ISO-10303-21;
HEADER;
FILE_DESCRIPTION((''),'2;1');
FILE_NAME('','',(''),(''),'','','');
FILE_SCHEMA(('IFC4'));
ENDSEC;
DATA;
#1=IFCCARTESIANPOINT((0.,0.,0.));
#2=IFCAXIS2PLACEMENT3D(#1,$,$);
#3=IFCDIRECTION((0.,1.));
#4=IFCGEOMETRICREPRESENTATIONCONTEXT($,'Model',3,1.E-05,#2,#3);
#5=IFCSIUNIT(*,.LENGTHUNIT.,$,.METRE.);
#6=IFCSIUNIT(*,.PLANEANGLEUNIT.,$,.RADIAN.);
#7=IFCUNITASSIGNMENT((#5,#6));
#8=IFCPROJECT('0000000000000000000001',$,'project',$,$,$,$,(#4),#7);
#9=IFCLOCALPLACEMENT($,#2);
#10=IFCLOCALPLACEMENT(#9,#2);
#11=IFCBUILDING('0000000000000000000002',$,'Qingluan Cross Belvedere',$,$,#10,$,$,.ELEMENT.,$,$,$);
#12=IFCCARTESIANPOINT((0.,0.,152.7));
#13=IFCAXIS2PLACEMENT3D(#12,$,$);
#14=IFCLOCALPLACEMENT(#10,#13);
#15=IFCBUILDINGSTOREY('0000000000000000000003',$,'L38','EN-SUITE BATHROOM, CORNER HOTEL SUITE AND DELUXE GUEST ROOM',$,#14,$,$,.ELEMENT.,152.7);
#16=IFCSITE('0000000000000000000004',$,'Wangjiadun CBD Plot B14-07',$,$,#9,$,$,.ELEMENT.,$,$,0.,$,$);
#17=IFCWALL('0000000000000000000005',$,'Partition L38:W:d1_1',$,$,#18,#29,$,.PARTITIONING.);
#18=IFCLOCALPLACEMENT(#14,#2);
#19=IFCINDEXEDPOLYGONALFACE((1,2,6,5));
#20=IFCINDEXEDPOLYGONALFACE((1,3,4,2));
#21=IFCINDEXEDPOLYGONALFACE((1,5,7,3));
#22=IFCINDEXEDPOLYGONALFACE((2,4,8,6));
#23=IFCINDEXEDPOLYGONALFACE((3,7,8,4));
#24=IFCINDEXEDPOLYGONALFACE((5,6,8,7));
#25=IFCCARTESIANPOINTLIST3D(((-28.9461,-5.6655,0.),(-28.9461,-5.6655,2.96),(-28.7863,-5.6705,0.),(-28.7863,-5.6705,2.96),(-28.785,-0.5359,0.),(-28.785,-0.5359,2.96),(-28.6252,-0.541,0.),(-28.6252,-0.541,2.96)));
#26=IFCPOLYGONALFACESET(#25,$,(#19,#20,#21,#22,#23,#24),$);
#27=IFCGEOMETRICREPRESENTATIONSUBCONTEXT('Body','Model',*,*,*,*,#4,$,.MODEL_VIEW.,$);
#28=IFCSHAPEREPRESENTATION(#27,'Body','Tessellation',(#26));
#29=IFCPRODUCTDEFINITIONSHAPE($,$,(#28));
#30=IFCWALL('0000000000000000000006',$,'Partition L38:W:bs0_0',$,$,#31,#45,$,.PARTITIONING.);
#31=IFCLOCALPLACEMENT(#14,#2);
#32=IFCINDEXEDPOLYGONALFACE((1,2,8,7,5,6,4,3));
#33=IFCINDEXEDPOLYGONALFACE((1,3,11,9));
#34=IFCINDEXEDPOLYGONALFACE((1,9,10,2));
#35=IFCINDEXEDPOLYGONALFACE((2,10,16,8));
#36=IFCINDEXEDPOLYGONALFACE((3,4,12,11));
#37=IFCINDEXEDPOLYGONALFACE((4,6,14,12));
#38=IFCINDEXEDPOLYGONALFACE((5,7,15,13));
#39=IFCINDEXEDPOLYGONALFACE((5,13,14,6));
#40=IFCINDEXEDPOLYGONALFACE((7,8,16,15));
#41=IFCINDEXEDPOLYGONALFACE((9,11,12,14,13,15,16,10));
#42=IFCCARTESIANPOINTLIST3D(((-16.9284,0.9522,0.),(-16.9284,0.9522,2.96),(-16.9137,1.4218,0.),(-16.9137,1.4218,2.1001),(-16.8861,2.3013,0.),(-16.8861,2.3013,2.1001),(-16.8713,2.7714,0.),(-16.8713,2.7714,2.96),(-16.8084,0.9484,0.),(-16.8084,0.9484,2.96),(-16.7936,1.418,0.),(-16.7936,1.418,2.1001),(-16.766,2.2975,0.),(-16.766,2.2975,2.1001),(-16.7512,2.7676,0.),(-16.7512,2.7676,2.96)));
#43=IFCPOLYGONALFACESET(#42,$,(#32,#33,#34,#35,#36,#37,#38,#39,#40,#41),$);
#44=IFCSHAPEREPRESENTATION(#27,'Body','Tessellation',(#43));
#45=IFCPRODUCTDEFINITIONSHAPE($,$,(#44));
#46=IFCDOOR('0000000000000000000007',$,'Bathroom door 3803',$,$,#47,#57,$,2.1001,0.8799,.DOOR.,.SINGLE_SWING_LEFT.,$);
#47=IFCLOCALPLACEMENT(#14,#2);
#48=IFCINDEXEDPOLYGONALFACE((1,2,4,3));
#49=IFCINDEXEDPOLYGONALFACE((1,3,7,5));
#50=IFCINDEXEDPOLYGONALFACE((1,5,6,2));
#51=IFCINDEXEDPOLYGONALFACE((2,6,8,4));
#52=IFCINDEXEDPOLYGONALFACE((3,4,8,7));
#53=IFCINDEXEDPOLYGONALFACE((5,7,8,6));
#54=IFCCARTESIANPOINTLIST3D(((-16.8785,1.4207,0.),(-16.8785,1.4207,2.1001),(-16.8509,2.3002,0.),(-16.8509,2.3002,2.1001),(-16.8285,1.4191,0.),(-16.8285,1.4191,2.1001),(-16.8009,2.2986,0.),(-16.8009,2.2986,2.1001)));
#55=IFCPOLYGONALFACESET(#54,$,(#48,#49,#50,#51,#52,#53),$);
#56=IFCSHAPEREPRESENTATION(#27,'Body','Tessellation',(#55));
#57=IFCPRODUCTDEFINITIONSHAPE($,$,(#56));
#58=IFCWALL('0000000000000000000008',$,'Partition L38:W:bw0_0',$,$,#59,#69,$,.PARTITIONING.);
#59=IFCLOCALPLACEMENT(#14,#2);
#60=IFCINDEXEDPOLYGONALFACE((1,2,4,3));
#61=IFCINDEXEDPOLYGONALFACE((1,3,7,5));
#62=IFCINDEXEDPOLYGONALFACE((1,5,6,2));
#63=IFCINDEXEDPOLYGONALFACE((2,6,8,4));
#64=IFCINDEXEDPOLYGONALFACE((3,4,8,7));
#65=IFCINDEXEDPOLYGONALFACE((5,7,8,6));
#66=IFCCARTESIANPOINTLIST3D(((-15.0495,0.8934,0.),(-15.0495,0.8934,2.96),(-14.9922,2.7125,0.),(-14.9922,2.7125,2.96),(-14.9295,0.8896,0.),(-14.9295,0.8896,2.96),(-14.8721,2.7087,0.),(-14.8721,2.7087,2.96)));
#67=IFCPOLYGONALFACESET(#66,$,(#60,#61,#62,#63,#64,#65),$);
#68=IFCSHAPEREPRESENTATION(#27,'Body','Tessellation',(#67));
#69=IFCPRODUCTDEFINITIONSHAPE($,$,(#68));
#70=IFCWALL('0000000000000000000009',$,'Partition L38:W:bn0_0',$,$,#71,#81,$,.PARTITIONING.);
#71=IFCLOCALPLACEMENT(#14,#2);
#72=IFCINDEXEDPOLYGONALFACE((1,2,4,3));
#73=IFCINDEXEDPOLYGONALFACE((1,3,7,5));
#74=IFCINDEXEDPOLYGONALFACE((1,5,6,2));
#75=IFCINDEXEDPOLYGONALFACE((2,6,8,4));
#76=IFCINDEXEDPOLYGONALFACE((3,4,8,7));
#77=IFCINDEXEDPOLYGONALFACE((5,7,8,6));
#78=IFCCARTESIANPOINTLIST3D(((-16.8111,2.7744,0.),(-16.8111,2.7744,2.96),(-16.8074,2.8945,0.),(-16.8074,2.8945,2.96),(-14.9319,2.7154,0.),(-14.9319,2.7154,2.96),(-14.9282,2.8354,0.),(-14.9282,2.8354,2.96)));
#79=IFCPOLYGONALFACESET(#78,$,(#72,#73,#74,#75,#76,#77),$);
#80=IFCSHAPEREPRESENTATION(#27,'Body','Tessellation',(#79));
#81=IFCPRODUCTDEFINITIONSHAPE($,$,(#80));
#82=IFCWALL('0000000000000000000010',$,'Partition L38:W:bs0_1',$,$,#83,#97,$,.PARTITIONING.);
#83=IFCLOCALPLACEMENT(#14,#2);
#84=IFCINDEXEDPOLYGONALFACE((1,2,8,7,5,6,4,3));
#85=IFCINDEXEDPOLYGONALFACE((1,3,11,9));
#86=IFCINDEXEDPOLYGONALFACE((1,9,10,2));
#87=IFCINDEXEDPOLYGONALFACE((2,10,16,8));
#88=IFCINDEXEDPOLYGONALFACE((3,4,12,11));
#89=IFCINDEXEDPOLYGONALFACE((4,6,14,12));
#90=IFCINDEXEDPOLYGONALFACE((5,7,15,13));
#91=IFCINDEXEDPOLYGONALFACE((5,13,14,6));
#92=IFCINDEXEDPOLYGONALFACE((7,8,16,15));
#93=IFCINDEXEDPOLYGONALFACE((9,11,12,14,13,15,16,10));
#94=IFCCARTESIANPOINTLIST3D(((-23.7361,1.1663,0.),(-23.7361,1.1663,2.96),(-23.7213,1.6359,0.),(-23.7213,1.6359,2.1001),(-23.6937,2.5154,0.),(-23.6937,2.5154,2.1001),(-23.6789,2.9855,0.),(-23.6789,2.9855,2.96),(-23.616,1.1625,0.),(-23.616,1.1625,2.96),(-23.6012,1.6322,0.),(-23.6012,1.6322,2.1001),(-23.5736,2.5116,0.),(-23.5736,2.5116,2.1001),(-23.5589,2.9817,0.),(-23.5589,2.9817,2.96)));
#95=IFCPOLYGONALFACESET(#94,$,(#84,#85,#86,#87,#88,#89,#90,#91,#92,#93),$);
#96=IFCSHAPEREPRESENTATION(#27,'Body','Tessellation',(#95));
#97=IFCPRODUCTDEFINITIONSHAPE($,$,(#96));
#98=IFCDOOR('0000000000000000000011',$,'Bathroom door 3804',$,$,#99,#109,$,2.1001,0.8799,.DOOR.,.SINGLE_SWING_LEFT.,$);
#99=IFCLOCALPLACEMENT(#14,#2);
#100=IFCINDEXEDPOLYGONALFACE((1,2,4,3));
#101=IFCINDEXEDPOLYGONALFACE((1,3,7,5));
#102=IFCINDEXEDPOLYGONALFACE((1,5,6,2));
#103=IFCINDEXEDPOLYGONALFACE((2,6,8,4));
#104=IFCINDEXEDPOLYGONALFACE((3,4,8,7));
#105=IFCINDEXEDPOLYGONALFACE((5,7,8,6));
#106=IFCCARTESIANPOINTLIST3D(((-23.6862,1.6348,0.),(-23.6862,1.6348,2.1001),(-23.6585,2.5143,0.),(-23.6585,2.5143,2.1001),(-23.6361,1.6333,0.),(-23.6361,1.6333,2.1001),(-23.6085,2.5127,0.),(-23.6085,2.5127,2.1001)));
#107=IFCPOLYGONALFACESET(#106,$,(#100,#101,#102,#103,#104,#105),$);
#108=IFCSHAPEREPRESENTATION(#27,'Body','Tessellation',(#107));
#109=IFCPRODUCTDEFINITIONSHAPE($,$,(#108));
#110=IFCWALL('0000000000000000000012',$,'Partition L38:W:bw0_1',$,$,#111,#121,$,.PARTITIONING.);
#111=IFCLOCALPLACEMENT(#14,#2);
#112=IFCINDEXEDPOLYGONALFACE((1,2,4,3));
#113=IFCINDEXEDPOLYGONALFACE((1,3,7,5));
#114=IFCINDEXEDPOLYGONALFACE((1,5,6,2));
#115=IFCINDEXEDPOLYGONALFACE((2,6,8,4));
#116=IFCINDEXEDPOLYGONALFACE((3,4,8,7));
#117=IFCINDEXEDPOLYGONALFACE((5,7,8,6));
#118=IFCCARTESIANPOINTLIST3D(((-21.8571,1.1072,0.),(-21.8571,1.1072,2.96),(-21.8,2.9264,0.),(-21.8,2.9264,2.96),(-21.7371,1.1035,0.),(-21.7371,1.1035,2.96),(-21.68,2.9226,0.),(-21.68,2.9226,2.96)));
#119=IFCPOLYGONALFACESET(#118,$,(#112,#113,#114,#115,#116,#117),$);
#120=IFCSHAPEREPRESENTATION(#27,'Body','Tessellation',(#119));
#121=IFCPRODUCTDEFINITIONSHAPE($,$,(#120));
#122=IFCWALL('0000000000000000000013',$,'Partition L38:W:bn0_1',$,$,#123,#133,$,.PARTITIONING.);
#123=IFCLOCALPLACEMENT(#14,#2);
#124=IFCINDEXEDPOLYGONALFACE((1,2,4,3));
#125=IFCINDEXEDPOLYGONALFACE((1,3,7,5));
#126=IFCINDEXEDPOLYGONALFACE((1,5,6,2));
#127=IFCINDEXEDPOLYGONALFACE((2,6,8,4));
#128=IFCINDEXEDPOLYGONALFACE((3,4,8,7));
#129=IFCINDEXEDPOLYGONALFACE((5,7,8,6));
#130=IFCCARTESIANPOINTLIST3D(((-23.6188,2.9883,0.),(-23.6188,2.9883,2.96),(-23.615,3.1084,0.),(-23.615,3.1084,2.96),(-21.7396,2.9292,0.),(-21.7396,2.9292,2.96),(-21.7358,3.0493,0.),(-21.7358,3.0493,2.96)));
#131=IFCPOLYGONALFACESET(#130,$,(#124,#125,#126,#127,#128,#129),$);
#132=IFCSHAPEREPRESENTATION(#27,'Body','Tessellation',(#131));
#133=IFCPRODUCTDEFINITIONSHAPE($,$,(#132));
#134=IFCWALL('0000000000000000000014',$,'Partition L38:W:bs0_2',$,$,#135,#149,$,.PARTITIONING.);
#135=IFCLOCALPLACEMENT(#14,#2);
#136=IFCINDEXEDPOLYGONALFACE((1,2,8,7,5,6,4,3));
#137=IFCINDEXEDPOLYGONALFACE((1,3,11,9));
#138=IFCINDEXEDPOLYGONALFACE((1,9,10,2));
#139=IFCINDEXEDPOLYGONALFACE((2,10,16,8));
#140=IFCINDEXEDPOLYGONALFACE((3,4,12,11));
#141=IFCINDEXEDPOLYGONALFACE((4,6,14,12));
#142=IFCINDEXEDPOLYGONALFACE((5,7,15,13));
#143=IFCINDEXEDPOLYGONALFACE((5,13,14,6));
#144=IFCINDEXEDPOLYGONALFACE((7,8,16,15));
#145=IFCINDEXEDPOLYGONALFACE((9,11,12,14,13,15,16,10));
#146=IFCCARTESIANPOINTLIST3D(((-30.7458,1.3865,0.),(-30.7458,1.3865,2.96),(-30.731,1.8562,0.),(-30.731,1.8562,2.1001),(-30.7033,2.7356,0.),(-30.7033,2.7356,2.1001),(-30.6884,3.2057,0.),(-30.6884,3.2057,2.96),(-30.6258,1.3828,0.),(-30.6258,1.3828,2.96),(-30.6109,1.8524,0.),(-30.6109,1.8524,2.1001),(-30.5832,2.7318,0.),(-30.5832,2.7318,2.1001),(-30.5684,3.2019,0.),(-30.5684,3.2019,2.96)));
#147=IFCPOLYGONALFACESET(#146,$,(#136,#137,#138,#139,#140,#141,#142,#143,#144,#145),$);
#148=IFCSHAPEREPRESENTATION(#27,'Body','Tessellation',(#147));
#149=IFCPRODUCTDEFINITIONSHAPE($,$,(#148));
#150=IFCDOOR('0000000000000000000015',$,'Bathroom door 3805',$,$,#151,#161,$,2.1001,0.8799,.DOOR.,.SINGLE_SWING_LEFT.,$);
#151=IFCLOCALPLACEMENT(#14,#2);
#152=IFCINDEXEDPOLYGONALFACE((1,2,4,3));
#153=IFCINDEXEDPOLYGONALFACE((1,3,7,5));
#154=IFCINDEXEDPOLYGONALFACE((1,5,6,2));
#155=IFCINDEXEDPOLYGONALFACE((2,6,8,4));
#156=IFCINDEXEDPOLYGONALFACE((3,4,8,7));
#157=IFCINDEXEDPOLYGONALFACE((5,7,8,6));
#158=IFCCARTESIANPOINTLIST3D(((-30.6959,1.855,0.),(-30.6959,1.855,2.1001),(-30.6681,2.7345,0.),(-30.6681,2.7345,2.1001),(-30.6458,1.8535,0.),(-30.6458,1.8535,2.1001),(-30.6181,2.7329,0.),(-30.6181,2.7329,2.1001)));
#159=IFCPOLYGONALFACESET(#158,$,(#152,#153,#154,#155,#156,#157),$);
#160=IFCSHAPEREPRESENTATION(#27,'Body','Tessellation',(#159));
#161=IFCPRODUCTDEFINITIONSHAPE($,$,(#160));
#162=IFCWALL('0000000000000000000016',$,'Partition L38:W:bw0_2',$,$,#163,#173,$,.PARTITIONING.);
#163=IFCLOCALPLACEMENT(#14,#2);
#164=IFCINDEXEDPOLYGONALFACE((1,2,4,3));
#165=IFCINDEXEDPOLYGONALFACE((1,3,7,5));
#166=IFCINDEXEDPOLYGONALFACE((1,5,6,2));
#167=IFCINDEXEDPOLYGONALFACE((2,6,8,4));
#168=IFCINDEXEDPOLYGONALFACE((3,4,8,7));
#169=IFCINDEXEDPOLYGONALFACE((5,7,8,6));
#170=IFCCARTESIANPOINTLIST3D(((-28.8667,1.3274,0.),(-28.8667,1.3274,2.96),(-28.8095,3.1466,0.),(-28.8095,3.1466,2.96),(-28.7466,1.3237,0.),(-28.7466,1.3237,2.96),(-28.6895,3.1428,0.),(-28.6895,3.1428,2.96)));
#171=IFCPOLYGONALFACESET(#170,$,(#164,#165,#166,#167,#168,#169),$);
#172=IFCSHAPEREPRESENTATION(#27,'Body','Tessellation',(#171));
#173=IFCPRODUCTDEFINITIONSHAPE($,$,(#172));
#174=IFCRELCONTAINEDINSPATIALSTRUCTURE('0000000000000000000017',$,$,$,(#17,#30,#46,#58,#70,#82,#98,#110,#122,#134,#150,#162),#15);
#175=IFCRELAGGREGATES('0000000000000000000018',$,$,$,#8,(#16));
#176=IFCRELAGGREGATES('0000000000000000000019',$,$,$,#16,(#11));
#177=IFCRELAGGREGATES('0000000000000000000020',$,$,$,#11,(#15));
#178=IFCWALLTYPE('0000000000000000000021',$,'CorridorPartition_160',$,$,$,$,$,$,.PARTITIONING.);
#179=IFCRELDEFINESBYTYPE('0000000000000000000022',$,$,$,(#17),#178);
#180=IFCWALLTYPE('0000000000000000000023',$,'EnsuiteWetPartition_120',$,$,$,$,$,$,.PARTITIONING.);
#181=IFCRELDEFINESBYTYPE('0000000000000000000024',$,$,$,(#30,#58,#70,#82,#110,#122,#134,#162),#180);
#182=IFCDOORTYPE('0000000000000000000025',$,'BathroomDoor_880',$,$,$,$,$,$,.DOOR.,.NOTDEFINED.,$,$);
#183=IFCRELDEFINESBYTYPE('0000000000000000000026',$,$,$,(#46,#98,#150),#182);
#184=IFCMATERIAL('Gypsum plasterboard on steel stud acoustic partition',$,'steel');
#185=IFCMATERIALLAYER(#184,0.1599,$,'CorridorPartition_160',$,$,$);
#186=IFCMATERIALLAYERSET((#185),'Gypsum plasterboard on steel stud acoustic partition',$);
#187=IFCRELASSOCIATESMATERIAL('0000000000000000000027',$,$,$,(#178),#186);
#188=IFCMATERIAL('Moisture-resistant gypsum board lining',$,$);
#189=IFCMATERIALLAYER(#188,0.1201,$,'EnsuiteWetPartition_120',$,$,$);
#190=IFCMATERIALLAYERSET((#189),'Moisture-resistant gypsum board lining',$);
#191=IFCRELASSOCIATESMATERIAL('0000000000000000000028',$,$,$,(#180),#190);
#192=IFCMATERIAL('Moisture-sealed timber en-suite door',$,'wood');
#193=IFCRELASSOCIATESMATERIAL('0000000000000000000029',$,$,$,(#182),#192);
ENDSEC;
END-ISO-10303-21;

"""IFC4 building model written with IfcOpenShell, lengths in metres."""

from ifc_helpers import new_model, si_unit, direction, frame, frame_2d, origin, place, context, subcontext, project, spatial, rectangle, extrude, material, layer, layer_set, type_object, element, fill, save


model = new_model("IFC4")

# Units and contexts
model_context = context("Model", 3, precision=1e-05, world=origin(), true_north=direction((0.0, 1.0)))
body_context = subcontext(model_context, "Body", "Model", "MODEL_VIEW")
ifc_project = project(units=[si_unit("LENGTHUNIT", "METRE"), si_unit("PLANEANGLEUNIT", "RADIAN")], contexts=[model_context])

# Site, building, storey
site_placement = place(None, origin())
site = spatial("IfcSite", under=ifc_project, at=site_placement, Name="Wangjiadun CBD Plot B14-07", CompositionType="ELEMENT", RefElevation=0.0)
building_placement = place(site_placement, origin())
building = spatial("IfcBuilding", under=site, at=building_placement, Name="Qingluan Cross Belvedere", CompositionType="ELEMENT")
storey_placement = place(building_placement, frame((0.0, 0.0, 152.7)))
storey = spatial("IfcBuildingStorey", under=building, at=storey_placement, Name="L38", Description="EN-SUITE BATHROOM, CORNER HOTEL SUITE AND DELUXE GUEST ROOM", CompositionType="ELEMENT", Elevation=152.7)

# Shared definitions
ifc_material_1 = material(Name="Gypsum plasterboard on steel stud acoustic partition", Category="steel")
ifc_layer_1 = layer(ifc_material_1, 0.1599, Name="CorridorPartition_160")
ifc_layer_set_1 = layer_set([ifc_layer_1], Name="Gypsum plasterboard on steel stud acoustic partition")
wall_type_1 = type_object("IfcWallType", Name="CorridorPartition_160", PredefinedType="PARTITIONING", material=ifc_layer_set_1)

# Wall
wall_1_placement = place(storey_placement, frame((-28.7051, -0.5386, 0.0), z_axis=(0.0, 0.0, 1.0), x_axis=(-0.031397, -0.999507, 0.0)))
element("IfcWall", 1, at=wall_1_placement, inside=storey, type_object=wall_type_1, Name="Partition L38:W:d1_1", PredefinedType="PARTITIONING", context=body_context, shape_type="SweptSolid", body=[
    extrude(rectangle(XDim=5.1321, YDim=0.1599, at=frame_2d((2.5659, 0.0))), origin(), (0.0, 0.0, 1.0), 2.96),
])

# Wall, opening, door
ifc_material_2 = material(Name="Moisture-resistant gypsum board lining")
ifc_layer_2 = layer(ifc_material_2, 0.1201, Name="EnsuiteWetPartition_120")
ifc_layer_set_2 = layer_set([ifc_layer_2], Name="Moisture-resistant gypsum board lining")
wall_type_2 = type_object("IfcWallType", Name="EnsuiteWetPartition_120", PredefinedType="PARTITIONING", material=ifc_layer_set_2)
wall_2_placement = place(storey_placement, frame((-16.8684, 0.9502, 0.0), z_axis=(0.0, 0.0, 1.0), x_axis=(0.03139, 0.999507, 0.0)))
wall_2 = element("IfcWall", 2, at=wall_2_placement, inside=storey, type_object=wall_type_2, Name="Partition L38:W:bs0_0", PredefinedType="PARTITIONING", context=body_context, shape_type="SweptSolid", body=[
    extrude(rectangle(XDim=1.8201, YDim=0.1201, at=frame_2d((0.9102, 0.0))), origin(), (0.0, 0.0, 1.0), 2.96),
])
opening_1_placement = place(wall_2_placement, frame((0.47, 0.0, 0.0)))
opening_1 = element("IfcOpeningElement", 3, at=opening_1_placement, cuts=wall_2, PredefinedType="OPENING", context=body_context, shape_type="SweptSolid", body=[
    extrude(rectangle(XDim=0.8799, YDim=2.1001, at=frame_2d((0.4399, 1.05))), frame((0.0, 0.0701, 0.0), z_axis=(0.0, -1.0, 0.0), x_axis=(1.0, 0.0, 0.0)), (0.0, 0.0, 1.0), 0.1401),
])
ifc_material_3 = material(Name="Moisture-sealed timber en-suite door", Category="wood")
door_type_1 = type_object("IfcDoorType", Name="BathroomDoor_880", OperationType="NOTDEFINED", PredefinedType="DOOR", material=ifc_material_3)
door_1_placement = place(opening_1_placement, origin())
door_1 = element("IfcDoor", 4, at=door_1_placement, inside=storey, type_object=door_type_1, Name="Bathroom door 3803", OperationType="SINGLE_SWING_LEFT", OverallHeight=2.1001, OverallWidth=0.8799, PredefinedType="DOOR", context=body_context, shape_type="SweptSolid", body=[
    extrude(rectangle(XDim=0.8799, YDim=2.1001, at=frame_2d((0.4399, 1.05))), frame((0.0, 0.0249, 0.0), z_axis=(0.0, -1.0, 0.0), x_axis=(1.0, 0.0, 0.0)), (0.0, 0.0, 1.0), 0.05),
])
fill(opening_1, door_1)

# Walls
wall_3_placement = place(storey_placement, frame((-14.9895, 0.8914, 0.0), z_axis=(0.0, 0.0, 1.0), x_axis=(0.031524, 0.999503, 0.0)))
element("IfcWall", 5, at=wall_3_placement, inside=storey, type_object=wall_type_2, Name="Partition L38:W:bw0_0", PredefinedType="PARTITIONING", context=body_context, shape_type="SweptSolid", body=[
    extrude(rectangle(XDim=1.8201, YDim=0.1201, at=frame_2d((0.9102, 0.0))), origin(), (0.0, 0.0, 1.0), 2.96),
])
wall_4_placement = place(storey_placement, frame((-14.9302, 2.7754, 0.0), z_axis=(0.0, 0.0, 1.0), x_axis=(-0.999506, 0.031425, 0.0)))
element("IfcWall", 6, at=wall_4_placement, inside=storey, type_object=wall_type_2, Name="Partition L38:W:bn0_0", PredefinedType="PARTITIONING", context=body_context, shape_type="SweptSolid", body=[
    extrude(rectangle(XDim=1.8801, YDim=0.1201, at=frame_2d((0.9399, 0.0))), origin(), (0.0, 0.0, 1.0), 2.96),
])

# Wall, opening, door
wall_5_placement = place(storey_placement, frame((-23.676, 1.1643, 0.0), z_axis=(0.0, 0.0, 1.0), x_axis=(0.03139, 0.999507, 0.0)))
wall_5 = element("IfcWall", 7, at=wall_5_placement, inside=storey, type_object=wall_type_2, Name="Partition L38:W:bs0_1", PredefinedType="PARTITIONING", context=body_context, shape_type="SweptSolid", body=[
    extrude(rectangle(XDim=1.8201, YDim=0.1201, at=frame_2d((0.9102, 0.0))), origin(), (0.0, 0.0, 1.0), 2.96),
])
opening_2_placement = place(wall_5_placement, frame((0.47, 0.0, 0.0)))
opening_2 = element("IfcOpeningElement", 8, at=opening_2_placement, cuts=wall_5, PredefinedType="OPENING", context=body_context, shape_type="SweptSolid", body=[
    extrude(rectangle(XDim=0.8799, YDim=2.1001, at=frame_2d((0.4399, 1.05))), frame((0.0, 0.0701, 0.0), z_axis=(0.0, -1.0, 0.0), x_axis=(1.0, 0.0, 0.0)), (0.0, 0.0, 1.0), 0.1401),
])
door_2_placement = place(opening_2_placement, origin())
door_2 = element("IfcDoor", 9, at=door_2_placement, inside=storey, type_object=door_type_1, Name="Bathroom door 3804", OperationType="SINGLE_SWING_LEFT", OverallHeight=2.1001, OverallWidth=0.8799, PredefinedType="DOOR", context=body_context, shape_type="SweptSolid", body=[
    extrude(rectangle(XDim=0.8799, YDim=2.1001, at=frame_2d((0.4399, 1.05))), frame((0.0, 0.0249, 0.0), z_axis=(0.0, -1.0, 0.0), x_axis=(1.0, 0.0, 0.0)), (0.0, 0.0, 1.0), 0.05),
])
fill(opening_2, door_2)

# Walls
wall_6_placement = place(storey_placement, frame((-21.7971, 1.1052, 0.0), z_axis=(0.0, 0.0, 1.0), x_axis=(0.03139, 0.999507, 0.0)))
element("IfcWall", 10, at=wall_6_placement, inside=storey, type_object=wall_type_2, Name="Partition L38:W:bw0_1", PredefinedType="PARTITIONING", context=body_context, shape_type="SweptSolid", body=[
    extrude(rectangle(XDim=1.8201, YDim=0.1201, at=frame_2d((0.9102, 0.0))), origin(), (0.0, 0.0, 1.0), 2.96),
])
wall_7_placement = place(storey_placement, frame((-21.7378, 2.9893, 0.0), z_axis=(0.0, 0.0, 1.0), x_axis=(-0.999506, 0.031425, 0.0)))
element("IfcWall", 11, at=wall_7_placement, inside=storey, type_object=wall_type_2, Name="Partition L38:W:bn0_1", PredefinedType="PARTITIONING", context=body_context, shape_type="SweptSolid", body=[
    extrude(rectangle(XDim=1.8801, YDim=0.1201, at=frame_2d((0.9399, 0.0))), origin(), (0.0, 0.0, 1.0), 2.96),
])

# Wall, opening, door
wall_8_placement = place(storey_placement, frame((-30.6858, 1.3845, 0.0), z_axis=(0.0, 0.0, 1.0), x_axis=(0.031524, 0.999503, 0.0)))
wall_8 = element("IfcWall", 12, at=wall_8_placement, inside=storey, type_object=wall_type_2, Name="Partition L38:W:bs0_2", PredefinedType="PARTITIONING", context=body_context, shape_type="SweptSolid", body=[
    extrude(rectangle(XDim=1.8201, YDim=0.1201, at=frame_2d((0.9102, 0.0))), origin(), (0.0, 0.0, 1.0), 2.96),
])
opening_3_placement = place(wall_8_placement, frame((0.47, 0.0, 0.0)))
opening_3 = element("IfcOpeningElement", 13, at=opening_3_placement, cuts=wall_8, PredefinedType="OPENING", context=body_context, shape_type="SweptSolid", body=[
    extrude(rectangle(XDim=0.8799, YDim=2.1001, at=frame_2d((0.4399, 1.05))), frame((0.0, 0.0701, 0.0), z_axis=(0.0, -1.0, 0.0), x_axis=(1.0, 0.0, 0.0)), (0.0, 0.0, 1.0), 0.1401),
])
door_3_placement = place(opening_3_placement, origin())
door_3 = element("IfcDoor", 14, at=door_3_placement, inside=storey, type_object=door_type_1, Name="Bathroom door 3805", OperationType="SINGLE_SWING_LEFT", OverallHeight=2.1001, OverallWidth=0.8799, PredefinedType="DOOR", context=body_context, shape_type="SweptSolid", body=[
    extrude(rectangle(XDim=0.8799, YDim=2.1001, at=frame_2d((0.4399, 1.05))), frame((0.0, 0.0249, 0.0), z_axis=(0.0, -1.0, 0.0), x_axis=(1.0, 0.0, 0.0)), (0.0, 0.0, 1.0), 0.05),
])
fill(opening_3, door_3)

# Wall
wall_9_placement = place(storey_placement, frame((-28.8066, 1.3254, 0.0), z_axis=(0.0, 0.0, 1.0), x_axis=(0.03139, 0.999507, 0.0)))
element("IfcWall", 15, at=wall_9_placement, inside=storey, type_object=wall_type_2, Name="Partition L38:W:bw0_2", PredefinedType="PARTITIONING", context=body_context, shape_type="SweptSolid", body=[
    extrude(rectangle(XDim=1.8201, YDim=0.1201, at=frame_2d((0.9102, 0.0))), origin(), (0.0, 0.0, 1.0), 2.96),
])

save(model, "model.ifc")
